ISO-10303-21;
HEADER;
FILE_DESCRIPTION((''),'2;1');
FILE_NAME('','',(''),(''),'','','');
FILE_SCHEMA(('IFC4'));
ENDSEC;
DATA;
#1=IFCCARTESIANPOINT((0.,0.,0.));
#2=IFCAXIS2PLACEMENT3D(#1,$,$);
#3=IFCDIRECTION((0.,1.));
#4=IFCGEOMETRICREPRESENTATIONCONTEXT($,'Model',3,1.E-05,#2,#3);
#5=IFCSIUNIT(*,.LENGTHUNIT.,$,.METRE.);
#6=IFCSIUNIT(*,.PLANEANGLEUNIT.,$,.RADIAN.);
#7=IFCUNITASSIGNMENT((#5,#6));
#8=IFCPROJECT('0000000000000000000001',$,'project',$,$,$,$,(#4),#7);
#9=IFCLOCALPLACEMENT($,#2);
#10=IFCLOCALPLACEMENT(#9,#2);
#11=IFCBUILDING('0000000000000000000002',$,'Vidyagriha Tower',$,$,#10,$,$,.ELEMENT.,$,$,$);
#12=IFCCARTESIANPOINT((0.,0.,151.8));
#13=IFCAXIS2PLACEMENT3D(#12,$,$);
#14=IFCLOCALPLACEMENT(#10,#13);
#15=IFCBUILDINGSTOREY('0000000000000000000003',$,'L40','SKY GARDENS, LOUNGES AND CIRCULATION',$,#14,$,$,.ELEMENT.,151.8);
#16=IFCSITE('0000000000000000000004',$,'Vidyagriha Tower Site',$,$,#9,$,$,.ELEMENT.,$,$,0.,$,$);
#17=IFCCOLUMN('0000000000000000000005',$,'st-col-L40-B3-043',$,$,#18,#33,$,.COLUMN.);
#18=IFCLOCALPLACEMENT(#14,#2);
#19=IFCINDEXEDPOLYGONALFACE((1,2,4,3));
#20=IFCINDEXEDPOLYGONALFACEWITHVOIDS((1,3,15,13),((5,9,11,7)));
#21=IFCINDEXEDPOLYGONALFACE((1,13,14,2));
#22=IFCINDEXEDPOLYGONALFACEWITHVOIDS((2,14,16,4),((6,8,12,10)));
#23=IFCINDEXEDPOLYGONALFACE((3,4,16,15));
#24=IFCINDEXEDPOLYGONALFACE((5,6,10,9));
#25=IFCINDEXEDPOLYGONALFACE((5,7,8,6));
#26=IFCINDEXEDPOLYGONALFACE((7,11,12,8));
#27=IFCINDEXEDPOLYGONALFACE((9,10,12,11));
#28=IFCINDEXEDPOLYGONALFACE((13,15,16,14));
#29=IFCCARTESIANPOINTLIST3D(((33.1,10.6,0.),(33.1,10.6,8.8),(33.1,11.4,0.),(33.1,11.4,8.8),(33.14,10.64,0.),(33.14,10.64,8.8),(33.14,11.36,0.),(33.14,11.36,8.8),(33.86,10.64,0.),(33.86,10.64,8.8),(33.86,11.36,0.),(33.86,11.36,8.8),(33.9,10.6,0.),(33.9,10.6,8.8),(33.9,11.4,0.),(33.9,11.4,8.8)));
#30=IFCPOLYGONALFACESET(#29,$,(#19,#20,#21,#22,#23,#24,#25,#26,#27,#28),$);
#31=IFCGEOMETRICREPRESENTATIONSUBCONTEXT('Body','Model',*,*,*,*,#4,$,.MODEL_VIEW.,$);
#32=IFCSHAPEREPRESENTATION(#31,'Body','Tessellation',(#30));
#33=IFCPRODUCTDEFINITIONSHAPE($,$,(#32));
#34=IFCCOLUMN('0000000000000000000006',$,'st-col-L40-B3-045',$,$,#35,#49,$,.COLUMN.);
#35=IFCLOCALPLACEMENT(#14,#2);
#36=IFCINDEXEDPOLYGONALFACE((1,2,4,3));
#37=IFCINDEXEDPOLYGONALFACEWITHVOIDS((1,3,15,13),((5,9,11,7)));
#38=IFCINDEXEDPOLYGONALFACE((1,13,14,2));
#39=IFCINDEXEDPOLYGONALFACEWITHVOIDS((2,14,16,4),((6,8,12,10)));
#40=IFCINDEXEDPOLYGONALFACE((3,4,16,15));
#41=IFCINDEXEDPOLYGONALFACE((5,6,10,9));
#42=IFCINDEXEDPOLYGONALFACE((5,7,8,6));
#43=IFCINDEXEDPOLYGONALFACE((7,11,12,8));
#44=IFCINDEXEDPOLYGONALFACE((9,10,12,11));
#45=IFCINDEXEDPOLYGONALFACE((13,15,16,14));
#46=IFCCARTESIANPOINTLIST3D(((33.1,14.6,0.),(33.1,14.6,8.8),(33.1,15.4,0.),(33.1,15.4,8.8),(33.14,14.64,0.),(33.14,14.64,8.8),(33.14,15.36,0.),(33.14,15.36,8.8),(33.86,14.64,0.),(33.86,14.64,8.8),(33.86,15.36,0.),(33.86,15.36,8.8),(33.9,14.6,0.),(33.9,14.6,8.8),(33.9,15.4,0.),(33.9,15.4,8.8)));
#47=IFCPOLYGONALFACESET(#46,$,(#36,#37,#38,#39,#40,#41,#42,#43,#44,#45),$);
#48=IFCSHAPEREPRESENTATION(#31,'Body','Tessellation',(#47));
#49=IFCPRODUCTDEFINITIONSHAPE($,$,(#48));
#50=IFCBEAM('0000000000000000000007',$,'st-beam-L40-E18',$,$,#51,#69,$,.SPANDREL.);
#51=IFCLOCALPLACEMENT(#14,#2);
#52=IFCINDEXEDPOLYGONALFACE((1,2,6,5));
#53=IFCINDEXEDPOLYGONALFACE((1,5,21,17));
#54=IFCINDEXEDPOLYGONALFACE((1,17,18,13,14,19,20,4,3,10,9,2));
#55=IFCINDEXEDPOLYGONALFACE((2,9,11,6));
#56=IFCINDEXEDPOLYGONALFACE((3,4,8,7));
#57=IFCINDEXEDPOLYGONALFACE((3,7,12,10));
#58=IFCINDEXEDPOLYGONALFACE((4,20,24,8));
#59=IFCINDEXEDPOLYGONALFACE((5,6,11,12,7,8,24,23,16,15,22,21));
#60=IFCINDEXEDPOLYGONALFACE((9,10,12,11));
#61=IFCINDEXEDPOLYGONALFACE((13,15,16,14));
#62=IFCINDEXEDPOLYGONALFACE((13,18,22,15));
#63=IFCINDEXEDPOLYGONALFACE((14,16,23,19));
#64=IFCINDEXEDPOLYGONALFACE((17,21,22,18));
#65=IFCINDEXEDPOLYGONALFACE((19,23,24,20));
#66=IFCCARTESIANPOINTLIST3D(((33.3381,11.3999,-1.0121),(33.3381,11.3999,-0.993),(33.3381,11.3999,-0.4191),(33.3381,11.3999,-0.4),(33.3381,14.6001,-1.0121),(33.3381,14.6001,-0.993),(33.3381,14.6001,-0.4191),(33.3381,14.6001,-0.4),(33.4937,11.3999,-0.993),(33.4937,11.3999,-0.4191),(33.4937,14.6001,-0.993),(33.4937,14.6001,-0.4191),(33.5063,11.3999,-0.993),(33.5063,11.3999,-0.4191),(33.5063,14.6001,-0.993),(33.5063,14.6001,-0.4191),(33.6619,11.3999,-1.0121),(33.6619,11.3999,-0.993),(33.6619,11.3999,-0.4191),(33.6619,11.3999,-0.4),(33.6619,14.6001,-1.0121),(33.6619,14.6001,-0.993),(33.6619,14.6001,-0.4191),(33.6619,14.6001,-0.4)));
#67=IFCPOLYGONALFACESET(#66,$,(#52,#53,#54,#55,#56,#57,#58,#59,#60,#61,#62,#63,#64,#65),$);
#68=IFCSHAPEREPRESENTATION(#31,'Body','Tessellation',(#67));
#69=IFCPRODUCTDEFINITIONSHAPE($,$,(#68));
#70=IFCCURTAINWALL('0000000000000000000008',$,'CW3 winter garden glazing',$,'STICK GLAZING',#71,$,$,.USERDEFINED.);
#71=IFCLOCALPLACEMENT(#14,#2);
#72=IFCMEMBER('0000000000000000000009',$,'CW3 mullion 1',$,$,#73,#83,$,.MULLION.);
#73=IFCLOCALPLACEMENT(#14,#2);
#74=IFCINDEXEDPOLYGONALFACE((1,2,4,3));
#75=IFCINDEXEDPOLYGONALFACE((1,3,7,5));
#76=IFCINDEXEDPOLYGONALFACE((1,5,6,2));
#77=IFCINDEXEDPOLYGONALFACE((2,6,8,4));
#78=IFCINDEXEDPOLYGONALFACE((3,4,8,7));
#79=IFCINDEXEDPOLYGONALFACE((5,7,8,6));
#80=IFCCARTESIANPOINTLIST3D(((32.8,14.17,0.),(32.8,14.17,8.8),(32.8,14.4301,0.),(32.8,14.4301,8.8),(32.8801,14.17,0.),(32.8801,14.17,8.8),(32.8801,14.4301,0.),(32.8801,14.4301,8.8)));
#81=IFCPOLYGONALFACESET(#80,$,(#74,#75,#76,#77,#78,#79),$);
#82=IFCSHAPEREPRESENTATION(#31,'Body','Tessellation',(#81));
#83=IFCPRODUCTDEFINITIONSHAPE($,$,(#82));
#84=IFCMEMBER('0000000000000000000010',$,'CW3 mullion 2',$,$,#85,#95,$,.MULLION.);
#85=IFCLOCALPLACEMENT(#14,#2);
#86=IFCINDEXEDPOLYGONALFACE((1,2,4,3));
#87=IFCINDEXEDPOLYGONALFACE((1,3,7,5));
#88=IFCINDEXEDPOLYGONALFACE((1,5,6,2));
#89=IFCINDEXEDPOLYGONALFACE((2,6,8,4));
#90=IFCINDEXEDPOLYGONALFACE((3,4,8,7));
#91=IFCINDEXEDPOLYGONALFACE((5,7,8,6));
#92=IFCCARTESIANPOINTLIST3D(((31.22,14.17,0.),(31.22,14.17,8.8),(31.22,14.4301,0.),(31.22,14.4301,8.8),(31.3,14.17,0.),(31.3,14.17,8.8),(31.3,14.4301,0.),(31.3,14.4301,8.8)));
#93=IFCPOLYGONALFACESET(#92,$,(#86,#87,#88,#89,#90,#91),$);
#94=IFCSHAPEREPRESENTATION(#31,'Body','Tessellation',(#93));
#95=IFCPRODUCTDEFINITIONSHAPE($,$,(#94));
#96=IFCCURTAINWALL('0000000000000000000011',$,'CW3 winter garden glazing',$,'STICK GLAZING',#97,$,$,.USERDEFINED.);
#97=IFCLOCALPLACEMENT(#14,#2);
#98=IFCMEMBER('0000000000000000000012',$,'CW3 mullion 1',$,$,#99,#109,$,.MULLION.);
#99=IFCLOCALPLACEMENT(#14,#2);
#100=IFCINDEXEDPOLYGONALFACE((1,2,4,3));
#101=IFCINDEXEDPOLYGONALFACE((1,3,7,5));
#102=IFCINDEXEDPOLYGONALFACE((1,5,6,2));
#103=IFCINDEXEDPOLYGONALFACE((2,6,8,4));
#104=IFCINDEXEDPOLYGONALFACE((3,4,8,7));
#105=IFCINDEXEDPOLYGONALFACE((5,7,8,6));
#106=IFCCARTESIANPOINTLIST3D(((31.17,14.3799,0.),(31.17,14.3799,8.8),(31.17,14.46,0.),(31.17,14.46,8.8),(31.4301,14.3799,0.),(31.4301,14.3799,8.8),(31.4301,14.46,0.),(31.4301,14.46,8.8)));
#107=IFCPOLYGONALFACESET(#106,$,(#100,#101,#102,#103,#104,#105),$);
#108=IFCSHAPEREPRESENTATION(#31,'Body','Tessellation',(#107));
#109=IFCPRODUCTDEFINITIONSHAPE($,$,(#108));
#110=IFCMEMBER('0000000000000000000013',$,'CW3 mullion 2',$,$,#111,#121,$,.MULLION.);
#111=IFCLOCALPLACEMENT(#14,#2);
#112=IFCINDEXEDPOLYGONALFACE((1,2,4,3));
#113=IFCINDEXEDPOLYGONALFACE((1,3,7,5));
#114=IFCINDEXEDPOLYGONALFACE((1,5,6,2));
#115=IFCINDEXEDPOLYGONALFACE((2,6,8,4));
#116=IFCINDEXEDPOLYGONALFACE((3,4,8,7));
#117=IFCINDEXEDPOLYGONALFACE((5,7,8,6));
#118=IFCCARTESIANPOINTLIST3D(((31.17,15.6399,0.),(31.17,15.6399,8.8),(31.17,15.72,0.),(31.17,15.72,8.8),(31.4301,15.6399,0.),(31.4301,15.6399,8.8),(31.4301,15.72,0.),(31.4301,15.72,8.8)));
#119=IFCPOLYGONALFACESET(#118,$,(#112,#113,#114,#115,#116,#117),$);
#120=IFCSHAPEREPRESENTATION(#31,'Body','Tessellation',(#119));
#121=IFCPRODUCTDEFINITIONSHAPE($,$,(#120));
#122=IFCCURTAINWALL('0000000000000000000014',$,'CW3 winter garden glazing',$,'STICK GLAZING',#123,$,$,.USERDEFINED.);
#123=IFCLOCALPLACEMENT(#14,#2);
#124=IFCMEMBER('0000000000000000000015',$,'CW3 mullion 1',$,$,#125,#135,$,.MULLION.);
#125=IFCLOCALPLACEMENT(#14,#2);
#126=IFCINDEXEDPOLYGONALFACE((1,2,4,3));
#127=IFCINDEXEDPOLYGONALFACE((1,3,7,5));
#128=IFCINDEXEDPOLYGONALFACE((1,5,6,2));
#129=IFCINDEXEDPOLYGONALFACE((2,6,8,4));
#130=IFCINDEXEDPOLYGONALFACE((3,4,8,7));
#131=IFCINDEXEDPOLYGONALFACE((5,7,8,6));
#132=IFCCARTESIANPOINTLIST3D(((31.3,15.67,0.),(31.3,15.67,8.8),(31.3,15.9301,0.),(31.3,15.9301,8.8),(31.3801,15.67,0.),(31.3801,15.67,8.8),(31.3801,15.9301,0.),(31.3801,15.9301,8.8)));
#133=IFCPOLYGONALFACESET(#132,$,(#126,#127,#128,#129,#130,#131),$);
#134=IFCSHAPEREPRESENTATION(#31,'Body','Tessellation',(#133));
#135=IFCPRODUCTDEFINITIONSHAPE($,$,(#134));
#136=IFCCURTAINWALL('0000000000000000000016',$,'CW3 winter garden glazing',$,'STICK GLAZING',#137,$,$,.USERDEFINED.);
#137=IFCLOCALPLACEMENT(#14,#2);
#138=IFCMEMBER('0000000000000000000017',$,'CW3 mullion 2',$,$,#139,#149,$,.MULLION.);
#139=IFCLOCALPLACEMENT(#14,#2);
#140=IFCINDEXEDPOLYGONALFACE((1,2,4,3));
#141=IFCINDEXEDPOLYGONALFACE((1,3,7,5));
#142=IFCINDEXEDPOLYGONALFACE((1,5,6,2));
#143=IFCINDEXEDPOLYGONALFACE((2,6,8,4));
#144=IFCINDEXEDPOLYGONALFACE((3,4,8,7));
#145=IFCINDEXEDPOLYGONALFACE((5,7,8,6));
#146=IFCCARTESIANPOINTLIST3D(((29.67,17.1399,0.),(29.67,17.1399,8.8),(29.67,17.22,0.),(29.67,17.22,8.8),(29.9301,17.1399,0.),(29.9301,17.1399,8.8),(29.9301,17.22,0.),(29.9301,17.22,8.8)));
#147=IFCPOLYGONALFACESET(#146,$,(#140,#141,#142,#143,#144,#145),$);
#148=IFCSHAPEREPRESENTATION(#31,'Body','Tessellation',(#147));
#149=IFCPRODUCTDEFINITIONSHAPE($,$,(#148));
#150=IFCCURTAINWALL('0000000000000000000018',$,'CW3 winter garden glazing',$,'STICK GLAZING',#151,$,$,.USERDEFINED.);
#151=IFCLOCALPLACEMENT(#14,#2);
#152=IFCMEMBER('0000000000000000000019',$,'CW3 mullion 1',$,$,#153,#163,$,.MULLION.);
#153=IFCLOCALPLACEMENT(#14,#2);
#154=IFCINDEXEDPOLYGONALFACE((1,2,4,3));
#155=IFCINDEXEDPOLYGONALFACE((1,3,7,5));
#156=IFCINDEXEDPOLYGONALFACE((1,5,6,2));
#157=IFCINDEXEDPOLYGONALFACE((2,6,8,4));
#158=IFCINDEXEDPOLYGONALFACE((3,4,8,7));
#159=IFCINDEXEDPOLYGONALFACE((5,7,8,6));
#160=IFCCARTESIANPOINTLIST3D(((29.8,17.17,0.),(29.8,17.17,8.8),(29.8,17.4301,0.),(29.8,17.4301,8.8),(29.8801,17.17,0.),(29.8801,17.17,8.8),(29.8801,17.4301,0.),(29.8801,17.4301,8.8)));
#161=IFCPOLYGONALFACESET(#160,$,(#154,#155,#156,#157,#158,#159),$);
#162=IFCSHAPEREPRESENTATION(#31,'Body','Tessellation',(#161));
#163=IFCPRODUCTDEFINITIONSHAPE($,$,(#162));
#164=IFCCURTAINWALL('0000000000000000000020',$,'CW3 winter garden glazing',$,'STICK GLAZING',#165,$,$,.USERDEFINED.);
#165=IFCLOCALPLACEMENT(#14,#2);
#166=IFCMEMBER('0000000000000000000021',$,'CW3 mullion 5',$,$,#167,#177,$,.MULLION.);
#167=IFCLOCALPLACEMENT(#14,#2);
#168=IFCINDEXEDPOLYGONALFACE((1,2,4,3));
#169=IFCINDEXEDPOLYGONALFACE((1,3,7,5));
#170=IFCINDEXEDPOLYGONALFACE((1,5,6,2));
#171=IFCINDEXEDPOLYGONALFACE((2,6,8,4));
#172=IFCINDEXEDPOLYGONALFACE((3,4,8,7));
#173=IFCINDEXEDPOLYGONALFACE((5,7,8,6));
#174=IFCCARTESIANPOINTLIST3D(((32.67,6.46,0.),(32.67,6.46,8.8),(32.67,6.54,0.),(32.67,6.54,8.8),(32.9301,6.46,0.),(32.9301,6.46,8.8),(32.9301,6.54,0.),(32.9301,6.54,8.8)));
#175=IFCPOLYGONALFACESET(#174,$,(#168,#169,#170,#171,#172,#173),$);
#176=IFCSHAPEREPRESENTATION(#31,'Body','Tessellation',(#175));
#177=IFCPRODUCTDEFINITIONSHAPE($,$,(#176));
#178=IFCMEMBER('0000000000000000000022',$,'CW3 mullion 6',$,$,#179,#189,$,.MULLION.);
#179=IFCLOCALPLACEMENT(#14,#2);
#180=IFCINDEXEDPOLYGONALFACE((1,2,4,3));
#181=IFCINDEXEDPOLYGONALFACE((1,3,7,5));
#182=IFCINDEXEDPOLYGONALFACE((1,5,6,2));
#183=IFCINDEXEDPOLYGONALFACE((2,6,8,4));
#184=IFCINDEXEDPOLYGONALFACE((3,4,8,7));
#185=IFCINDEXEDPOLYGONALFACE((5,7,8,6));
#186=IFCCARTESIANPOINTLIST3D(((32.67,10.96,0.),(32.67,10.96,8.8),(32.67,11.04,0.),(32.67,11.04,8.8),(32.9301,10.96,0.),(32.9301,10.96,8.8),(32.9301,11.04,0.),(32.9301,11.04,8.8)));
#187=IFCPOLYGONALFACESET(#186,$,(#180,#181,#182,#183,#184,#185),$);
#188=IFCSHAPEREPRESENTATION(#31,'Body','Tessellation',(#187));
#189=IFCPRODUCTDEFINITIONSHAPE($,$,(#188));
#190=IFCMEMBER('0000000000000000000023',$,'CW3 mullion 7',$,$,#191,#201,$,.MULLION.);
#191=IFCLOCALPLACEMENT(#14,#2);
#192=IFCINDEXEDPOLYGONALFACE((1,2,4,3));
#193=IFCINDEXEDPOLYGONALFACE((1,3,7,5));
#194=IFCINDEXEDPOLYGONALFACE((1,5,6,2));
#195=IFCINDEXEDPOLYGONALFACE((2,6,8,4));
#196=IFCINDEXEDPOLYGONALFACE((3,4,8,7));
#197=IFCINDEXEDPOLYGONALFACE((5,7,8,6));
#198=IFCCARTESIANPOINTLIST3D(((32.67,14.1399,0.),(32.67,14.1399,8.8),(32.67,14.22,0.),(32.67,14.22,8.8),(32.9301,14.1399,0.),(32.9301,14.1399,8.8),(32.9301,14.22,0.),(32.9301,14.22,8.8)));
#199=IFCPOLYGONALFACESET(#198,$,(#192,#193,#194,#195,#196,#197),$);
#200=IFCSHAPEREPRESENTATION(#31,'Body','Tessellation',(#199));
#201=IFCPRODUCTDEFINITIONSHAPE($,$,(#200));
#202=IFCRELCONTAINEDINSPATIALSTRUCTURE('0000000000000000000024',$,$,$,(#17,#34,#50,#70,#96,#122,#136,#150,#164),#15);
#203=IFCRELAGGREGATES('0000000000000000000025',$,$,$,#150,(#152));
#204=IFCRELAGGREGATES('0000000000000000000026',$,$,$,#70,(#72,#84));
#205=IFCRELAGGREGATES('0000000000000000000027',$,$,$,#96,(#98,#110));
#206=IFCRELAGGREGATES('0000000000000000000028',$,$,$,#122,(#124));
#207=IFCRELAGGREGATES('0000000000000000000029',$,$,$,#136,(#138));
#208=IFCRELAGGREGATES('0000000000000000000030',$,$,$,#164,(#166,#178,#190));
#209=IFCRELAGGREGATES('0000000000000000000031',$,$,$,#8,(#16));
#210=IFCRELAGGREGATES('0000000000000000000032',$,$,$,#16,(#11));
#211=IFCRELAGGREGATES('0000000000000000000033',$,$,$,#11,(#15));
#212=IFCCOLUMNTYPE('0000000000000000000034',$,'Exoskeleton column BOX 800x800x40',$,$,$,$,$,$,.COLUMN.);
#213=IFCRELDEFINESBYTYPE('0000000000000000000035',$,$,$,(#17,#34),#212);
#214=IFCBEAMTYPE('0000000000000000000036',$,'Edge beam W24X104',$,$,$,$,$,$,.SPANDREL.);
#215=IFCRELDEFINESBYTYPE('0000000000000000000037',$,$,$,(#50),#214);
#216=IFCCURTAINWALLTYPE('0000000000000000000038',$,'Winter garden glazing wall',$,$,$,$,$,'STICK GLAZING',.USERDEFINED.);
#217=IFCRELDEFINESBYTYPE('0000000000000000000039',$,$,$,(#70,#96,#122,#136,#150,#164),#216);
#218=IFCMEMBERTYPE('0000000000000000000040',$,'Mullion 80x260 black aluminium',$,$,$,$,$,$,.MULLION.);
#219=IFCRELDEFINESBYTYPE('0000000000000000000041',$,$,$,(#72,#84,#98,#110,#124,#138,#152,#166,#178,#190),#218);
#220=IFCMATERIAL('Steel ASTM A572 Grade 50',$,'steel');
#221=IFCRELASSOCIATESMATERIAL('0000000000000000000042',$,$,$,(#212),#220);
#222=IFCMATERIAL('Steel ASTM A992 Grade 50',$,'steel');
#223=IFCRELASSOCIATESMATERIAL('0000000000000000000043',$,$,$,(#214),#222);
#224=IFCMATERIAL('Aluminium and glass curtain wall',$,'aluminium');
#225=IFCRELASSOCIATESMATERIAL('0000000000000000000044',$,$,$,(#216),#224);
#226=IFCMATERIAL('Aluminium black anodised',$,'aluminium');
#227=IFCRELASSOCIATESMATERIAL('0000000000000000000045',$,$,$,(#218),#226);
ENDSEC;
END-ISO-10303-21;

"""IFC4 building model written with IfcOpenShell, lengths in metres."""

from ifc_helpers import new_model, si_unit, direction, frame, origin, origin_2d, place, context, subcontext, project, spatial, rectangle, hollow_rectangle, i_section, extrude, material, material_profile, profile_set, type_object, element, aggregate, save


model = new_model("IFC4")

# Units and contexts
model_context = context("Model", 3, precision=1e-05, world=origin(), true_north=direction((0.0, 1.0)))
body_context = subcontext(model_context, "Body", "Model", "MODEL_VIEW")
ifc_project = project(units=[si_unit("LENGTHUNIT", "METRE"), si_unit("PLANEANGLEUNIT", "RADIAN")], contexts=[model_context])

# Site, building, storey
site_placement = place(None, origin())
site = spatial("IfcSite", under=ifc_project, at=site_placement, Name="Vidyagriha Tower Site", CompositionType="ELEMENT", RefElevation=0.0)
building_placement = place(site_placement, origin())
building = spatial("IfcBuilding", under=site, at=building_placement, Name="Vidyagriha Tower", CompositionType="ELEMENT")
storey_placement = place(building_placement, frame((0.0, 0.0, 151.8)))
storey = spatial("IfcBuildingStorey", under=building, at=storey_placement, Name="L40", Description="SKY GARDENS, LOUNGES AND CIRCULATION", CompositionType="ELEMENT", Elevation=151.8)

# Columns
ifc_material_1 = material(Name="Steel ASTM A572 Grade 50", Category="steel")
ifc_material_profile_1 = material_profile(ifc_material_1, hollow_rectangle(XDim=0.8, YDim=0.8, WallThickness=0.04, at=origin_2d()), Name="BOX 800x800x40")
ifc_profile_set_1 = profile_set([ifc_material_profile_1], Name="Steel ASTM A572 Grade 50")
column_type = type_object("IfcColumnType", Name="Exoskeleton column BOX 800x800x40", PredefinedType="COLUMN", material=ifc_profile_set_1)
for number, where, name in (
    (1, (33.5, 11.0, 0.0), "st-col-L40-B3-043"),
    (2, (33.5, 15.0, 0.0), "st-col-L40-B3-045"),
):
    element("IfcColumn", number, at=place(storey_placement, frame(where)), inside=storey, type_object=column_type, Name=name, PredefinedType="COLUMN", context=body_context, shape_type="SweptSolid", body=[
        extrude(hollow_rectangle(XDim=0.8, YDim=0.8, WallThickness=0.04, at=origin_2d()), origin(), (0.0, 0.0, 1.0), 8.8),
    ])

# Beam
ifc_material_2 = material(Name="Steel ASTM A992 Grade 50", Category="steel")
ifc_material_profile_2 = material_profile(ifc_material_2, i_section(OverallWidth=0.3237, OverallDepth=0.6121, WebThickness=0.0127, FlangeThickness=0.019, at=origin_2d()), Name="W24X104")
ifc_profile_set_2 = profile_set([ifc_material_profile_2], Name="Steel ASTM A992 Grade 50")
beam_type = type_object("IfcBeamType", Name="Edge beam W24X104", PredefinedType="SPANDREL", material=ifc_profile_set_2)
beam_placement = place(storey_placement, frame((33.5, 11.3999, -0.7061), z_axis=(0.0, 1.0, 0.0), x_axis=(-1.0, 0.0, 0.0)))
element("IfcBeam", 3, at=beam_placement, inside=storey, type_object=beam_type, Name="st-beam-L40-E18", PredefinedType="SPANDREL", context=body_context, shape_type="SweptSolid", body=[
    extrude(i_section(OverallWidth=0.3237, OverallDepth=0.6121, WebThickness=0.0127, FlangeThickness=0.019, at=origin_2d()), origin(), (0.0, 0.0, 1.0), 3.2002),
])

# Curtain walls, members
ifc_material_3 = material(Name="Aluminium and glass curtain wall", Category="aluminium")
curtain_wall_type = type_object("IfcCurtainWallType", Name="Winter garden glazing wall", ElementType="STICK GLAZING", PredefinedType="USERDEFINED", material=ifc_material_3)
curtain_wall_1_placement = place(storey_placement, origin())
curtain_wall_1 = element("IfcCurtainWall", 4, at=curtain_wall_1_placement, inside=storey, type_object=curtain_wall_type, Name="CW3 winter garden glazing", ObjectType="STICK GLAZING", PredefinedType="USERDEFINED")
ifc_material_4 = material(Name="Aluminium black anodised", Category="aluminium")
ifc_material_profile_3 = material_profile(ifc_material_4, rectangle(XDim=0.26, YDim=0.0801, at=origin_2d()), Name="Mullion 80x260 black aluminium")
ifc_profile_set_3 = profile_set([ifc_material_profile_3], Name="Aluminium black anodised")
member_type_1 = type_object("IfcMemberType", Name="Mullion 80x260 black aluminium", PredefinedType="MULLION", material=ifc_profile_set_3)
member_1_placement = place(storey_placement, frame((32.8401, 14.3, 0.0), z_axis=(0.0, 0.0, 1.0), x_axis=(0.0, -1.0, 0.0)))
member_1 = element("IfcMember", 5, at=member_1_placement, type_object=member_type_1, Name="CW3 mullion 1", PredefinedType="MULLION", context=body_context, shape_type="SweptSolid", body=[
    extrude(rectangle(XDim=0.26, YDim=0.0801, at=origin_2d()), origin(), (0.0, 0.0, 1.0), 8.8),
])
member_2_placement = place(storey_placement, frame((31.26, 14.3, 0.0), z_axis=(0.0, 0.0, 1.0), x_axis=(0.0, -1.0, 0.0)))
member_2 = element("IfcMember", 6, at=member_2_placement, type_object=member_type_1, Name="CW3 mullion 2", PredefinedType="MULLION", context=body_context, shape_type="SweptSolid", body=[
    extrude(rectangle(XDim=0.26, YDim=0.0801, at=origin_2d()), origin(), (0.0, 0.0, 1.0), 8.8),
])
curtain_wall_2_placement = place(storey_placement, origin())
curtain_wall_2 = element("IfcCurtainWall", 7, at=curtain_wall_2_placement, inside=storey, type_object=curtain_wall_type, Name="CW3 winter garden glazing", ObjectType="STICK GLAZING", PredefinedType="USERDEFINED")
member_3_placement = place(storey_placement, frame((31.3, 14.4199, 0.0), z_axis=(0.0, 0.0, 1.0), x_axis=(-1.0, 0.0, 0.0)))
member_3 = element("IfcMember", 8, at=member_3_placement, type_object=member_type_1, Name="CW3 mullion 1", PredefinedType="MULLION", context=body_context, shape_type="SweptSolid", body=[
    extrude(rectangle(XDim=0.26, YDim=0.0801, at=origin_2d()), origin(), (0.0, 0.0, 1.0), 8.8),
])
member_4_placement = place(storey_placement, frame((31.3, 15.6799, 0.0), z_axis=(0.0, 0.0, 1.0), x_axis=(-1.0, 0.0, 0.0)))
member_4 = element("IfcMember", 9, at=member_4_placement, type_object=member_type_1, Name="CW3 mullion 2", PredefinedType="MULLION", context=body_context, shape_type="SweptSolid", body=[
    extrude(rectangle(XDim=0.26, YDim=0.0801, at=origin_2d()), origin(), (0.0, 0.0, 1.0), 8.8),
])

# Curtain walls, members
curtain_wall_3_placement = place(storey_placement, origin())
curtain_wall_3 = element("IfcCurtainWall", 10, at=curtain_wall_3_placement, inside=storey, type_object=curtain_wall_type, Name="CW3 winter garden glazing", ObjectType="STICK GLAZING", PredefinedType="USERDEFINED")
member_5_placement = place(storey_placement, frame((31.3401, 15.8, 0.0), z_axis=(0.0, 0.0, 1.0), x_axis=(0.0, -1.0, 0.0)))
member_5 = element("IfcMember", 11, at=member_5_placement, type_object=member_type_1, Name="CW3 mullion 1", PredefinedType="MULLION", context=body_context, shape_type="SweptSolid", body=[
    extrude(rectangle(XDim=0.26, YDim=0.0801, at=origin_2d()), origin(), (0.0, 0.0, 1.0), 8.8),
])
curtain_wall_4_placement = place(storey_placement, origin())
curtain_wall_4 = element("IfcCurtainWall", 12, at=curtain_wall_4_placement, inside=storey, type_object=curtain_wall_type, Name="CW3 winter garden glazing", ObjectType="STICK GLAZING", PredefinedType="USERDEFINED")
member_6_placement = place(storey_placement, frame((29.8, 17.1799, 0.0), z_axis=(0.0, 0.0, 1.0), x_axis=(-1.0, 0.0, 0.0)))
member_6 = element("IfcMember", 13, at=member_6_placement, type_object=member_type_1, Name="CW3 mullion 2", PredefinedType="MULLION", context=body_context, shape_type="SweptSolid", body=[
    extrude(rectangle(XDim=0.26, YDim=0.0801, at=origin_2d()), origin(), (0.0, 0.0, 1.0), 8.8),
])
curtain_wall_5_placement = place(storey_placement, origin())
curtain_wall_5 = element("IfcCurtainWall", 14, at=curtain_wall_5_placement, inside=storey, type_object=curtain_wall_type, Name="CW3 winter garden glazing", ObjectType="STICK GLAZING", PredefinedType="USERDEFINED")
member_7_placement = place(storey_placement, frame((29.8401, 17.3, 0.0), z_axis=(0.0, 0.0, 1.0), x_axis=(0.0, -1.0, 0.0)))
member_7 = element("IfcMember", 15, at=member_7_placement, type_object=member_type_1, Name="CW3 mullion 1", PredefinedType="MULLION", context=body_context, shape_type="SweptSolid", body=[
    extrude(rectangle(XDim=0.26, YDim=0.0801, at=origin_2d()), origin(), (0.0, 0.0, 1.0), 8.8),
])

# Curtain wall, members
curtain_wall_6_placement = place(storey_placement, origin())
curtain_wall_6 = element("IfcCurtainWall", 16, at=curtain_wall_6_placement, inside=storey, type_object=curtain_wall_type, Name="CW3 winter garden glazing", ObjectType="STICK GLAZING", PredefinedType="USERDEFINED")
member_8_placement = place(storey_placement, frame((32.8, 6.5, 0.0), z_axis=(0.0, 0.0, 1.0), x_axis=(-1.0, 0.0, 0.0)))
member_8 = element("IfcMember", 17, at=member_8_placement, type_object=member_type_1, Name="CW3 mullion 5", PredefinedType="MULLION", context=body_context, shape_type="SweptSolid", body=[
    extrude(rectangle(XDim=0.26, YDim=0.0801, at=origin_2d()), origin(), (0.0, 0.0, 1.0), 8.8),
])
member_9_placement = place(storey_placement, frame((32.8, 11.0, 0.0), z_axis=(0.0, 0.0, 1.0), x_axis=(-1.0, 0.0, 0.0)))
member_9 = element("IfcMember", 18, at=member_9_placement, type_object=member_type_1, Name="CW3 mullion 6", PredefinedType="MULLION", context=body_context, shape_type="SweptSolid", body=[
    extrude(rectangle(XDim=0.26, YDim=0.0801, at=origin_2d()), origin(), (0.0, 0.0, 1.0), 8.8),
])
member_10_placement = place(storey_placement, frame((32.8, 14.1799, 0.0), z_axis=(0.0, 0.0, 1.0), x_axis=(-1.0, 0.0, 0.0)))
member_10 = element("IfcMember", 19, at=member_10_placement, type_object=member_type_1, Name="CW3 mullion 7", PredefinedType="MULLION", context=body_context, shape_type="SweptSolid", body=[
    extrude(rectangle(XDim=0.26, YDim=0.0801, at=origin_2d()), origin(), (0.0, 0.0, 1.0), 8.8),
])

aggregate(curtain_wall_5, [member_7])

aggregate(curtain_wall_1, [member_1, member_2])
aggregate(curtain_wall_2, [member_3, member_4])
aggregate(curtain_wall_3, [member_5])
aggregate(curtain_wall_4, [member_6])
aggregate(curtain_wall_6, [member_8, member_9, member_10])

save(model, "model.ifc")
